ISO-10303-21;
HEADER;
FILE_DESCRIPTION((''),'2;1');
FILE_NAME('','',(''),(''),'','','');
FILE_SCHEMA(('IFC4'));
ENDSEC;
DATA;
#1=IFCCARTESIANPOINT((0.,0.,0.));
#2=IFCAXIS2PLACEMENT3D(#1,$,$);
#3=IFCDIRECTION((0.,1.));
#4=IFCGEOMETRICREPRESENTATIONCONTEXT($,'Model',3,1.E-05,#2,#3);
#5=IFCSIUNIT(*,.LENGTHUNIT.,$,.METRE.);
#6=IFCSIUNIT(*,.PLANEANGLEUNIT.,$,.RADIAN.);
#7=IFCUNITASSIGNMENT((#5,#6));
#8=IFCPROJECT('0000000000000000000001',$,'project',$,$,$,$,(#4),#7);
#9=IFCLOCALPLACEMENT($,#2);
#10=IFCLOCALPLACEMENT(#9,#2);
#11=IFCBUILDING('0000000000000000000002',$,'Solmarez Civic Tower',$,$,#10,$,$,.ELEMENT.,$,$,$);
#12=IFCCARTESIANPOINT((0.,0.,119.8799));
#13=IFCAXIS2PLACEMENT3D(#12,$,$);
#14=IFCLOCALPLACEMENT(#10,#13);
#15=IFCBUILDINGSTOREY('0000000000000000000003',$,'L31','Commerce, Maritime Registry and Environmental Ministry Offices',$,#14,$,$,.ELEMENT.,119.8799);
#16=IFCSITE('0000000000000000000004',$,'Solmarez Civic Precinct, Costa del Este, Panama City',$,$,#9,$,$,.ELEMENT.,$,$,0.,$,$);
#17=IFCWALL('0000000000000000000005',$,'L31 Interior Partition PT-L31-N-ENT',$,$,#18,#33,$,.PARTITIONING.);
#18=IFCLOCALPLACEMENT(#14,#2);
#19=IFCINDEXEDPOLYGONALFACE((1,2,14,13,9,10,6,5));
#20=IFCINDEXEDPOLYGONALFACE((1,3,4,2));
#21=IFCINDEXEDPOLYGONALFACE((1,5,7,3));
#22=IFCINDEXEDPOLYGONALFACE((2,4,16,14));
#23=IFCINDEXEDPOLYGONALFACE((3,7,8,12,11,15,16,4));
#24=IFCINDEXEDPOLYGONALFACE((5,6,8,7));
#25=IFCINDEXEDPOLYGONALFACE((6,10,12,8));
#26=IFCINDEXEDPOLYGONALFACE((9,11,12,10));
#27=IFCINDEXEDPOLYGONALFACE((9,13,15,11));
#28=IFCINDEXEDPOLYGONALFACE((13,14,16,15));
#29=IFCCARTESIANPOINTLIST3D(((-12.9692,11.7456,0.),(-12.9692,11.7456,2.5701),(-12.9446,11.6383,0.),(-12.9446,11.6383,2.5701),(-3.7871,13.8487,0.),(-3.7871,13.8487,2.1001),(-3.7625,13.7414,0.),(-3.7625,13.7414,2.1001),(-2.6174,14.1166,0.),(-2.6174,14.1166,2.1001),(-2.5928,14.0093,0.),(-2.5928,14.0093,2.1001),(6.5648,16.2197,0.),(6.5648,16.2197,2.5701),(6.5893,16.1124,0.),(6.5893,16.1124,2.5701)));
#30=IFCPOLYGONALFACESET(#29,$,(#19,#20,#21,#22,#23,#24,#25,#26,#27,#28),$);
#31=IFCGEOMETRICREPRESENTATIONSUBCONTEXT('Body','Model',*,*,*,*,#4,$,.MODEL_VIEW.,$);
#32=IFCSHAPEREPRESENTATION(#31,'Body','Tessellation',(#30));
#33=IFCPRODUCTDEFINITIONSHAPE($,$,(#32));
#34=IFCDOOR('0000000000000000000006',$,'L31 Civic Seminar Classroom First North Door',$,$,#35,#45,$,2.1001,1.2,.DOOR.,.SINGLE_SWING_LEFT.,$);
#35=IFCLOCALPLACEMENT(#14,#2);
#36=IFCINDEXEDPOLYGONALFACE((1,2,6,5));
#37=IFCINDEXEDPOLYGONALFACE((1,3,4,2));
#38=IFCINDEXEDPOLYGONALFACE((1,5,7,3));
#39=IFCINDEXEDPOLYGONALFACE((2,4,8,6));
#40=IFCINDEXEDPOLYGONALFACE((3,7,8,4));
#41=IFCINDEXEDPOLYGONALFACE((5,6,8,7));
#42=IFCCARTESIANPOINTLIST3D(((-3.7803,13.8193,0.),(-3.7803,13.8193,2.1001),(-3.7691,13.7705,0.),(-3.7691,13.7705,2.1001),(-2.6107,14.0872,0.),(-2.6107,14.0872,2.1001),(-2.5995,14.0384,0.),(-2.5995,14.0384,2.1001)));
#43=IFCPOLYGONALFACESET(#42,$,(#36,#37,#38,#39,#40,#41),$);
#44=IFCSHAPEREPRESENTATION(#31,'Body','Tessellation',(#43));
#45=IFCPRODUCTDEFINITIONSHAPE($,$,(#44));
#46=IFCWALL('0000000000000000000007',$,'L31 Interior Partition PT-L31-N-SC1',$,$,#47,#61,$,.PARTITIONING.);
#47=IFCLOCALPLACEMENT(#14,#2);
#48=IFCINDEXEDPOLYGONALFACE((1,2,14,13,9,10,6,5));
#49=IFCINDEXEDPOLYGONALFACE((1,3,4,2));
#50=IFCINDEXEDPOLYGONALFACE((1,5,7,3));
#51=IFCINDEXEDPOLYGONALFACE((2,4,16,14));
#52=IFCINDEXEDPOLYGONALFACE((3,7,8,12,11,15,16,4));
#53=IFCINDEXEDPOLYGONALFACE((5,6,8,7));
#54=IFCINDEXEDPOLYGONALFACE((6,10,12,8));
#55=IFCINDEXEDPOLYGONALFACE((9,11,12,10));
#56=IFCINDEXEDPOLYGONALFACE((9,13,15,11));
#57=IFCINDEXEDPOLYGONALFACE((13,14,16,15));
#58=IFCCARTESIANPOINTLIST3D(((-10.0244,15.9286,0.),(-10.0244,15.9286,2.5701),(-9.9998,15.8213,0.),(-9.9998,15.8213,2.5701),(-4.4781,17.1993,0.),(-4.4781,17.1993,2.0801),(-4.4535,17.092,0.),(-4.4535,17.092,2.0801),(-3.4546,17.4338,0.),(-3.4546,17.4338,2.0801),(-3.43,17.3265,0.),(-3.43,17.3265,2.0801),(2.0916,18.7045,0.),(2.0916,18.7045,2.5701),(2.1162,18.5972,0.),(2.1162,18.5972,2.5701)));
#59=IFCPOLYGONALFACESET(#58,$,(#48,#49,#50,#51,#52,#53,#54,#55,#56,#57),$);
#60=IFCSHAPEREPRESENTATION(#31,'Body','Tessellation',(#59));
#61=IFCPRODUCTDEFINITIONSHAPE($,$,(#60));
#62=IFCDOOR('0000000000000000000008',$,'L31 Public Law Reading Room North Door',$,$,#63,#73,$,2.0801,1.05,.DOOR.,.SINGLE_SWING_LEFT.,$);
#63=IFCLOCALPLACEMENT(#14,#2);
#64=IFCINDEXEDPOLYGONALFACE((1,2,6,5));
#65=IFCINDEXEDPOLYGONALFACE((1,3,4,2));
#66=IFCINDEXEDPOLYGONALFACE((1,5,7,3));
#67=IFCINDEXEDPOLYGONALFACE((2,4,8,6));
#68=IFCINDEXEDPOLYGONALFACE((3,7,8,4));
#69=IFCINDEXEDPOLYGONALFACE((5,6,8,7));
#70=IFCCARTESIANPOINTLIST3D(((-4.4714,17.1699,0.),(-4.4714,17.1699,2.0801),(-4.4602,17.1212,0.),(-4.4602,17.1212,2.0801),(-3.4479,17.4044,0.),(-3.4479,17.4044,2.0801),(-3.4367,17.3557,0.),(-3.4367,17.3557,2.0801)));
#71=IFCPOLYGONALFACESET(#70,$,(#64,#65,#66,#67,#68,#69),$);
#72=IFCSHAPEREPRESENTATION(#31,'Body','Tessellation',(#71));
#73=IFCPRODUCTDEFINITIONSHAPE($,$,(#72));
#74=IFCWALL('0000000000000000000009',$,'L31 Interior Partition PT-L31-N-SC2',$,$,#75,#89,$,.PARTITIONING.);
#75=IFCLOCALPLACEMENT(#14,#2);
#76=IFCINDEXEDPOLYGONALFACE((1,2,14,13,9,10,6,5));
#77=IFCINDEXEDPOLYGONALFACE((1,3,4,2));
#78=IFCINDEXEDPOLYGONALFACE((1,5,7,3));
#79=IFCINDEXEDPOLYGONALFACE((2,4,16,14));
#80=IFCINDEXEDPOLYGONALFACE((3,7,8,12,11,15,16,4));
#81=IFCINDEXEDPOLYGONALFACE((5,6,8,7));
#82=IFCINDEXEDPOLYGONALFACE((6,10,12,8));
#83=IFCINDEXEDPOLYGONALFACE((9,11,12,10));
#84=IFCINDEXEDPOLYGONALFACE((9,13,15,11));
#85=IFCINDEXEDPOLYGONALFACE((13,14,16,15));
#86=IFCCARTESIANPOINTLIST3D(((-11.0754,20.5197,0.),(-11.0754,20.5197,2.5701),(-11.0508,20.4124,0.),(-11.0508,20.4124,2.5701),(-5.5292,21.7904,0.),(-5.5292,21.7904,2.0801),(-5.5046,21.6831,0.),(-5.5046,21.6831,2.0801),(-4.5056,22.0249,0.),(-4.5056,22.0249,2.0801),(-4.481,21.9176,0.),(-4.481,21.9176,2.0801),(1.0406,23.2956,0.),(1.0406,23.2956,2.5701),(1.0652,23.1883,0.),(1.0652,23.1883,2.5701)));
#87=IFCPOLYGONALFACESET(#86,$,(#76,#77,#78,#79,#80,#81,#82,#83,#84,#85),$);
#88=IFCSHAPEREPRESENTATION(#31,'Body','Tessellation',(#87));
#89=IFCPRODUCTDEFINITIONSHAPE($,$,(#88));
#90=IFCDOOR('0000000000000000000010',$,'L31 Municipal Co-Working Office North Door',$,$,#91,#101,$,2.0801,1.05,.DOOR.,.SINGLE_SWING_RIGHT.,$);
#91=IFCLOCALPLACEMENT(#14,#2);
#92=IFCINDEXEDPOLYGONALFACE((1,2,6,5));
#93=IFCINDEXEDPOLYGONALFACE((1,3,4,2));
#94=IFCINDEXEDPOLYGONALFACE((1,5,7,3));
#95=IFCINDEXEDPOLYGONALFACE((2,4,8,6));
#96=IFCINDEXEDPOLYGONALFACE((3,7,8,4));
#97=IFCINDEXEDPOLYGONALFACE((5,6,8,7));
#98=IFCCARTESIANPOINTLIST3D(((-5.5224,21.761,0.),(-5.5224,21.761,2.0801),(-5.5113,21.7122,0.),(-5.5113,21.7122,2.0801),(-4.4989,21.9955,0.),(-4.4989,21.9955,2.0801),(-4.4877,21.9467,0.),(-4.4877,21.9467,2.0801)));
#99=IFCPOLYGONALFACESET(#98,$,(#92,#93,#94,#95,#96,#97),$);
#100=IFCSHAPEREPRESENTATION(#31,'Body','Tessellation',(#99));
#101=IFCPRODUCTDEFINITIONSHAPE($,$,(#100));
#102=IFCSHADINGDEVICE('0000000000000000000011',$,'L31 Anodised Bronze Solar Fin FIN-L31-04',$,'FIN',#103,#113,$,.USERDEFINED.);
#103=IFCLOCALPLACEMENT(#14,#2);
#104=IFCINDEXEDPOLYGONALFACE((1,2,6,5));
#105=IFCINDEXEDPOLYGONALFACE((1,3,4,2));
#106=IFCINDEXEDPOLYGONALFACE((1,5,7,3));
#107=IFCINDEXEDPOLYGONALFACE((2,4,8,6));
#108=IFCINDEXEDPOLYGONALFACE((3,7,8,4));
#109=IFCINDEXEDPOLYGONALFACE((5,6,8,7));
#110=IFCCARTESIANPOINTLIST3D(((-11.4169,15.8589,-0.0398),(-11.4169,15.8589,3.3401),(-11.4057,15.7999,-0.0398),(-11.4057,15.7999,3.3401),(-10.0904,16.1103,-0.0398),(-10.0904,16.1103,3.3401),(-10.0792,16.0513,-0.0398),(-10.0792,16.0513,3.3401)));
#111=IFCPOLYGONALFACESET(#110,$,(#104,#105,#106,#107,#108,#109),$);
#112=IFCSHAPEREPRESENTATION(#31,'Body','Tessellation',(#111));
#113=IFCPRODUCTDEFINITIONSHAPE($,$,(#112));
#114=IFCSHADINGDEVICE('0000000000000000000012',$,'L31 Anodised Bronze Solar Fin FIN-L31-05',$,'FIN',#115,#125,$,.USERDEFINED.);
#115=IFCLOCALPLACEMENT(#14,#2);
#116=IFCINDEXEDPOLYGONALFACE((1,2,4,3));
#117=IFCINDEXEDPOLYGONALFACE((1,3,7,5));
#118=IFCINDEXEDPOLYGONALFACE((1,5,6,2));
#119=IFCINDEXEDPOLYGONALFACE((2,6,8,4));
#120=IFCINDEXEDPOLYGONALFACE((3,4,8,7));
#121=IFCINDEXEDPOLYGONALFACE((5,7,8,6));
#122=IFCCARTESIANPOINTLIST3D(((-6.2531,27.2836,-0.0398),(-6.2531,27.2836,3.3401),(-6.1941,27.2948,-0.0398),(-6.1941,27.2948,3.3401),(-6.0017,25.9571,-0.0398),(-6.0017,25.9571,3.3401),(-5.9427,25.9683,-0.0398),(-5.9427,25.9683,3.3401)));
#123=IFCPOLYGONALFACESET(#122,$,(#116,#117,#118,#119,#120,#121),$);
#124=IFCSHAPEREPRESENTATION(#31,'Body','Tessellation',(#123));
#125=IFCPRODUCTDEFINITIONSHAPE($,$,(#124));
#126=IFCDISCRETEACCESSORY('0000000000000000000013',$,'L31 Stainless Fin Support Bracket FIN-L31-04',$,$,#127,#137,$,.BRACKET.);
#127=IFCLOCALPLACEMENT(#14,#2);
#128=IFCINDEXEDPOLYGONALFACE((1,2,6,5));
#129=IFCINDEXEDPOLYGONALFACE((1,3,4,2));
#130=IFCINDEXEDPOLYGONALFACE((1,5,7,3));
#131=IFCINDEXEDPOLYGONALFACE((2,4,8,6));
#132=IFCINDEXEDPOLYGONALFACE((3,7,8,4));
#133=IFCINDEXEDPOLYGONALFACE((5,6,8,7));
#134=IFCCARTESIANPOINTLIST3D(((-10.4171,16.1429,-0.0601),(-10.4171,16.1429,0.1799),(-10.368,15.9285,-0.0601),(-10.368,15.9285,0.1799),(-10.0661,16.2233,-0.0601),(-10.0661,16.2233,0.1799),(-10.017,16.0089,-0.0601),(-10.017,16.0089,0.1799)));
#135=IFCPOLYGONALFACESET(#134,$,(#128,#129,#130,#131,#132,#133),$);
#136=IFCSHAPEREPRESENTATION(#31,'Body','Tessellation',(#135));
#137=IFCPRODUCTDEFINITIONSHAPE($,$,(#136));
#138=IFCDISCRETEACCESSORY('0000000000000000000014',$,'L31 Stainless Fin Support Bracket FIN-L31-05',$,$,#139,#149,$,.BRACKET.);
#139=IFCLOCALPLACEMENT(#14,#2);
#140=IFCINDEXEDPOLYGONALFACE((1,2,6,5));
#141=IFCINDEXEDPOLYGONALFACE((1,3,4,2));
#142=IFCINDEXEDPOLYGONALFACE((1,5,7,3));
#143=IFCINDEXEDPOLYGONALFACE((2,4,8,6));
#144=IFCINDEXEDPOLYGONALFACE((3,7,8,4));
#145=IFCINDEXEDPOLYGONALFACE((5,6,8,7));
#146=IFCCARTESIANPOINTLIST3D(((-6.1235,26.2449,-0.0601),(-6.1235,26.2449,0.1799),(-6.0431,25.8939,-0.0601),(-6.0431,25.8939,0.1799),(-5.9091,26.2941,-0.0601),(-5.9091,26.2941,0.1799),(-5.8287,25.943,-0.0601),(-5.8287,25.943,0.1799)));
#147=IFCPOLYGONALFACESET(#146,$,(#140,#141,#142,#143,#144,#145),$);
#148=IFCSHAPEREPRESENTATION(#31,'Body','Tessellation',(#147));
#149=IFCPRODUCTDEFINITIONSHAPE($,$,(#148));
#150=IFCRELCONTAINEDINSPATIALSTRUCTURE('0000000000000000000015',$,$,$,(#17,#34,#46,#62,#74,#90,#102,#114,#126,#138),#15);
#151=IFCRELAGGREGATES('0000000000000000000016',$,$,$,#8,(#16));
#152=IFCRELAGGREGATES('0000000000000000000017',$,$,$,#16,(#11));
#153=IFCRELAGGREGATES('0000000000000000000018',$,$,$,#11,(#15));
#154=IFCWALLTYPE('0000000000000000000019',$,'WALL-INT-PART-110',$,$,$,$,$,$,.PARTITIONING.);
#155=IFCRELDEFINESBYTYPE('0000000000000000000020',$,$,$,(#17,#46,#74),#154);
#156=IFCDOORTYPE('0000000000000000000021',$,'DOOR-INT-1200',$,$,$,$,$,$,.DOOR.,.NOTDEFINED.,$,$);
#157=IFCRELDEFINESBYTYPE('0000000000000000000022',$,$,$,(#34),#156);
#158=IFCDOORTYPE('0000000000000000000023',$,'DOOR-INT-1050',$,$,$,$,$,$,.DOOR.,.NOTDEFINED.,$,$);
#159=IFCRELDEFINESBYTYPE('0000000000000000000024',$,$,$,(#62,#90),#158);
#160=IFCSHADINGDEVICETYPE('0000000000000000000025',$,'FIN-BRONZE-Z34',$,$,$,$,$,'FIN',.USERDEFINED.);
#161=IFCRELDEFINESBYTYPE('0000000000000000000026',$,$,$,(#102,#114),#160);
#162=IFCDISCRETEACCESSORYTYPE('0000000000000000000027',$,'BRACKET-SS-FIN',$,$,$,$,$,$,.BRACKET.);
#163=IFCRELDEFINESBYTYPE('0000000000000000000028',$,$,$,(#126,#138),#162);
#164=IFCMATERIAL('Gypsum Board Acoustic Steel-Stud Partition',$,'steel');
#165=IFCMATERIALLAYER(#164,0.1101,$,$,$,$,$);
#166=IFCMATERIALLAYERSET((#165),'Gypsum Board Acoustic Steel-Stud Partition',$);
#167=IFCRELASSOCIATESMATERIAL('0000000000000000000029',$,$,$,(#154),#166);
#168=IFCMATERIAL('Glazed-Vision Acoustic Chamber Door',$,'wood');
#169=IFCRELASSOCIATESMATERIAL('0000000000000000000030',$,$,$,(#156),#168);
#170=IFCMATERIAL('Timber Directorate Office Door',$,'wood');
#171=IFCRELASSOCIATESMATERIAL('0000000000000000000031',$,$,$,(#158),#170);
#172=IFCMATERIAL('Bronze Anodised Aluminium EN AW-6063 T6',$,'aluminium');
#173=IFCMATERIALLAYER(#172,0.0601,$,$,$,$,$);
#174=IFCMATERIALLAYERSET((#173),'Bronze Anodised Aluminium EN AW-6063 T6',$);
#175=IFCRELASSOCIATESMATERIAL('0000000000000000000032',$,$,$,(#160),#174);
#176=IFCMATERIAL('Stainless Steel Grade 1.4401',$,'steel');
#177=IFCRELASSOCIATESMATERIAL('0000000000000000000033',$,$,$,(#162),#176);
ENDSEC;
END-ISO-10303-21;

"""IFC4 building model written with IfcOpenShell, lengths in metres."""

from ifc_helpers import new_model, si_unit, direction, frame, frame_2d, origin, origin_2d, place, context, subcontext, project, spatial, rectangle, extrude, material, layer, layer_set, type_object, element, fill, save


model = new_model("IFC4")

# Units and contexts
model_context = context("Model", 3, precision=1e-05, world=origin(), true_north=direction((0.0, 1.0)))
body_context = subcontext(model_context, "Body", "Model", "MODEL_VIEW")
ifc_project = project(units=[si_unit("LENGTHUNIT", "METRE"), si_unit("PLANEANGLEUNIT", "RADIAN")], contexts=[model_context])

# Site, building, storey
site_placement = place(None, origin())
site = spatial("IfcSite", under=ifc_project, at=site_placement, Name="Solmarez Civic Precinct, Costa del Este, Panama City", CompositionType="ELEMENT", RefElevation=0.0)
building_placement = place(site_placement, origin())
building = spatial("IfcBuilding", under=site, at=building_placement, Name="Solmarez Civic Tower", CompositionType="ELEMENT")
storey_placement = place(building_placement, frame((0.0, 0.0, 119.8799)))
storey = spatial("IfcBuildingStorey", under=building, at=storey_placement, Name="L31", Description="Commerce, Maritime Registry and Environmental Ministry Offices", CompositionType="ELEMENT", Elevation=119.8799)

# Shared definitions
ifc_material_1 = material(Name="Bronze Anodised Aluminium EN AW-6063 T6", Category="aluminium")

# Walls, openings, doors
ifc_material_2 = material(Name="Gypsum Board Acoustic Steel-Stud Partition", Category="steel")
ifc_layer_1 = layer(ifc_material_2, 0.1101)
ifc_layer_set_1 = layer_set([ifc_layer_1], Name="Gypsum Board Acoustic Steel-Stud Partition")
wall_type_1 = type_object("IfcWallType", Name="WALL-INT-PART-110", PredefinedType="PARTITIONING", material=ifc_layer_set_1)
wall_1_placement = place(storey_placement, frame((-12.957, 11.6919, 0.0), z_axis=(0.0, 0.0, 1.0), x_axis=(0.974758, 0.223262, 0.0)))
wall_1 = element("IfcWall", 1, at=wall_1_placement, inside=storey, type_object=wall_type_1, Name="L31 Interior Partition PT-L31-N-ENT", PredefinedType="PARTITIONING", context=body_context, shape_type="SweptSolid", body=[
    extrude(rectangle(XDim=20.0398, YDim=0.1101, at=frame_2d((10.02, 0.0))), origin(), (0.0, 0.0, 1.0), 2.5701),
])
opening_1_placement = place(wall_1_placement, frame((9.4199, 0.0, 0.0)))
opening_1 = element("IfcOpeningElement", 2, at=opening_1_placement, cuts=wall_1, PredefinedType="OPENING", context=body_context, shape_type="SweptSolid", body=[
    extrude(rectangle(XDim=1.2, YDim=2.1001, at=frame_2d((0.6001, 1.05))), frame((0.0, 0.0649, 0.0), z_axis=(0.0, -1.0, 0.0), x_axis=(1.0, 0.0, 0.0)), (0.0, 0.0, 1.0), 0.1301),
])
ifc_material_3 = material(Name="Glazed-Vision Acoustic Chamber Door", Category="wood")
door_type_1 = type_object("IfcDoorType", Name="DOOR-INT-1200", OperationType="NOTDEFINED", PredefinedType="DOOR", material=ifc_material_3)
door_1_placement = place(opening_1_placement, origin())
door_1 = element("IfcDoor", 3, at=door_1_placement, inside=storey, type_object=door_type_1, Name="L31 Civic Seminar Classroom First North Door", OperationType="SINGLE_SWING_LEFT", OverallHeight=2.1001, OverallWidth=1.2, PredefinedType="DOOR", context=body_context, shape_type="SweptSolid", body=[
    extrude(rectangle(XDim=1.2, YDim=2.1001, at=frame_2d((0.6001, 1.05))), frame((0.0, 0.0249, 0.0), z_axis=(0.0, -1.0, 0.0), x_axis=(1.0, 0.0, 0.0)), (0.0, 0.0, 1.0), 0.05),
])
fill(opening_1, door_1)
wall_2_placement = place(storey_placement, frame((-10.012, 15.875, 0.0), z_axis=(0.0, 0.0, 1.0), x_axis=(0.974745, 0.223323, 0.0)))
wall_2 = element("IfcWall", 4, at=wall_2_placement, inside=storey, type_object=wall_type_1, Name="L31 Interior Partition PT-L31-N-SC1", PredefinedType="PARTITIONING", context=body_context, shape_type="SweptSolid", body=[
    extrude(rectangle(XDim=12.4299, YDim=0.1101, at=frame_2d((6.2148, 0.0))), origin(), (0.0, 0.0, 1.0), 2.5701),
])
opening_2_placement = place(wall_2_placement, frame((5.6899, 0.0, 0.0)))
opening_2 = element("IfcOpeningElement", 5, at=opening_2_placement, cuts=wall_2, PredefinedType="OPENING", context=body_context, shape_type="SweptSolid", body=[
    extrude(rectangle(XDim=1.05, YDim=2.0801, at=frame_2d((0.5249, 1.04))), frame((0.0, 0.0649, 0.0), z_axis=(0.0, -1.0, 0.0), x_axis=(1.0, 0.0, 0.0)), (0.0, 0.0, 1.0), 0.1301),
])
ifc_material_4 = material(Name="Timber Directorate Office Door", Category="wood")
door_type_2 = type_object("IfcDoorType", Name="DOOR-INT-1050", OperationType="NOTDEFINED", PredefinedType="DOOR", material=ifc_material_4)
door_2_placement = place(opening_2_placement, origin())
door_2 = element("IfcDoor", 6, at=door_2_placement, inside=storey, type_object=door_type_2, Name="L31 Public Law Reading Room North Door", OperationType="SINGLE_SWING_LEFT", OverallHeight=2.0801, OverallWidth=1.05, PredefinedType="DOOR", context=body_context, shape_type="SweptSolid", body=[
    extrude(rectangle(XDim=1.05, YDim=2.0801, at=frame_2d((0.5249, 1.04))), frame((0.0, 0.0249, 0.0), z_axis=(0.0, -1.0, 0.0), x_axis=(1.0, 0.0, 0.0)), (0.0, 0.0, 1.0), 0.05),
])
fill(opening_2, door_2)
wall_3_placement = place(storey_placement, frame((-11.063, 20.4661, 0.0), z_axis=(0.0, 0.0, 1.0), x_axis=(0.974745, 0.223323, 0.0)))
wall_3 = element("IfcWall", 7, at=wall_3_placement, inside=storey, type_object=wall_type_1, Name="L31 Interior Partition PT-L31-N-SC2", PredefinedType="PARTITIONING", context=body_context, shape_type="SweptSolid", body=[
    extrude(rectangle(XDim=12.4299, YDim=0.1101, at=frame_2d((6.2148, 0.0))), origin(), (0.0, 0.0, 1.0), 2.5701),
])
opening_3_placement = place(wall_3_placement, frame((5.6899, 0.0, 0.0)))
opening_3 = element("IfcOpeningElement", 8, at=opening_3_placement, cuts=wall_3, PredefinedType="OPENING", context=body_context, shape_type="SweptSolid", body=[
    extrude(rectangle(XDim=1.05, YDim=2.0801, at=frame_2d((0.5249, 1.04))), frame((0.0, 0.0649, 0.0), z_axis=(0.0, -1.0, 0.0), x_axis=(1.0, 0.0, 0.0)), (0.0, 0.0, 1.0), 0.1301),
])
door_3_placement = place(opening_3_placement, origin())
door_3 = element("IfcDoor", 9, at=door_3_placement, inside=storey, type_object=door_type_2, Name="L31 Municipal Co-Working Office North Door", OperationType="SINGLE_SWING_RIGHT", OverallHeight=2.0801, OverallWidth=1.05, PredefinedType="DOOR", context=body_context, shape_type="SweptSolid", body=[
    extrude(rectangle(XDim=1.05, YDim=2.0801, at=frame_2d((0.5249, 1.04))), frame((0.0, 0.0249, 0.0), z_axis=(0.0, -1.0, 0.0), x_axis=(1.0, 0.0, 0.0)), (0.0, 0.0, 1.0), 0.05),
])
fill(opening_3, door_3)

# Shading devices
ifc_layer_2 = layer(ifc_material_1, 0.0601)
ifc_layer_set_2 = layer_set([ifc_layer_2], Name="Bronze Anodised Aluminium EN AW-6063 T6")
shading_device_type = type_object("IfcShadingDeviceType", Name="FIN-BRONZE-Z34", ElementType="FIN", PredefinedType="USERDEFINED", material=ifc_layer_set_2)
for number, where, z_axis, x_axis, name in (
    (10, (-10.748, 15.9551, -0.0398), (0.0, 0.0, 1.0), (-0.982515, -0.186181, 0.0), "L31 Anodised Bronze Solar Fin FIN-L31-04"),
    (11, (-6.0979, 26.626, -0.0398), (0.0, 0.0, 1.0), (-0.186215, 0.982509, 0.0), "L31 Anodised Bronze Solar Fin FIN-L31-05"),
):
    element("IfcShadingDevice", number, at=place(storey_placement, frame(where, z_axis=z_axis, x_axis=x_axis)), inside=storey, type_object=shading_device_type, Name=name, ObjectType="FIN", PredefinedType="USERDEFINED", context=body_context, shape_type="SweptSolid", body=[
        extrude(rectangle(XDim=1.3501, YDim=0.0601, at=origin_2d()), origin(), (0.0, 0.0, 1.0), 3.3799),
    ])

# Discrete accessories
ifc_material_5 = material(Name="Stainless Steel Grade 1.4401", Category="steel")
discrete_accessory_type = type_object("IfcDiscreteAccessoryType", Name="BRACKET-SS-FIN", PredefinedType="BRACKET", material=ifc_material_5)
for number, where, z_axis, x_axis, name in (
    (12, (-10.217, 16.0759, -0.0601), (0.0, 0.0, 1.0), (-0.974763, -0.223242, 0.0), "L31 Stainless Fin Support Bracket FIN-L31-04"),
    (13, (-5.9761, 26.094, -0.0601), (0.0, 0.0, 1.0), (-0.223287, 0.974753, 0.0), "L31 Stainless Fin Support Bracket FIN-L31-05"),
):
    element("IfcDiscreteAccessory", number, at=place(storey_placement, frame(where, z_axis=z_axis, x_axis=x_axis)), inside=storey, type_object=discrete_accessory_type, Name=name, PredefinedType="BRACKET", context=body_context, shape_type="SweptSolid", body=[
        extrude(rectangle(XDim=0.3601, YDim=0.22, at=origin_2d()), origin(), (0.0, 0.0, 1.0), 0.24),
    ])

save(model, "model.ifc")
